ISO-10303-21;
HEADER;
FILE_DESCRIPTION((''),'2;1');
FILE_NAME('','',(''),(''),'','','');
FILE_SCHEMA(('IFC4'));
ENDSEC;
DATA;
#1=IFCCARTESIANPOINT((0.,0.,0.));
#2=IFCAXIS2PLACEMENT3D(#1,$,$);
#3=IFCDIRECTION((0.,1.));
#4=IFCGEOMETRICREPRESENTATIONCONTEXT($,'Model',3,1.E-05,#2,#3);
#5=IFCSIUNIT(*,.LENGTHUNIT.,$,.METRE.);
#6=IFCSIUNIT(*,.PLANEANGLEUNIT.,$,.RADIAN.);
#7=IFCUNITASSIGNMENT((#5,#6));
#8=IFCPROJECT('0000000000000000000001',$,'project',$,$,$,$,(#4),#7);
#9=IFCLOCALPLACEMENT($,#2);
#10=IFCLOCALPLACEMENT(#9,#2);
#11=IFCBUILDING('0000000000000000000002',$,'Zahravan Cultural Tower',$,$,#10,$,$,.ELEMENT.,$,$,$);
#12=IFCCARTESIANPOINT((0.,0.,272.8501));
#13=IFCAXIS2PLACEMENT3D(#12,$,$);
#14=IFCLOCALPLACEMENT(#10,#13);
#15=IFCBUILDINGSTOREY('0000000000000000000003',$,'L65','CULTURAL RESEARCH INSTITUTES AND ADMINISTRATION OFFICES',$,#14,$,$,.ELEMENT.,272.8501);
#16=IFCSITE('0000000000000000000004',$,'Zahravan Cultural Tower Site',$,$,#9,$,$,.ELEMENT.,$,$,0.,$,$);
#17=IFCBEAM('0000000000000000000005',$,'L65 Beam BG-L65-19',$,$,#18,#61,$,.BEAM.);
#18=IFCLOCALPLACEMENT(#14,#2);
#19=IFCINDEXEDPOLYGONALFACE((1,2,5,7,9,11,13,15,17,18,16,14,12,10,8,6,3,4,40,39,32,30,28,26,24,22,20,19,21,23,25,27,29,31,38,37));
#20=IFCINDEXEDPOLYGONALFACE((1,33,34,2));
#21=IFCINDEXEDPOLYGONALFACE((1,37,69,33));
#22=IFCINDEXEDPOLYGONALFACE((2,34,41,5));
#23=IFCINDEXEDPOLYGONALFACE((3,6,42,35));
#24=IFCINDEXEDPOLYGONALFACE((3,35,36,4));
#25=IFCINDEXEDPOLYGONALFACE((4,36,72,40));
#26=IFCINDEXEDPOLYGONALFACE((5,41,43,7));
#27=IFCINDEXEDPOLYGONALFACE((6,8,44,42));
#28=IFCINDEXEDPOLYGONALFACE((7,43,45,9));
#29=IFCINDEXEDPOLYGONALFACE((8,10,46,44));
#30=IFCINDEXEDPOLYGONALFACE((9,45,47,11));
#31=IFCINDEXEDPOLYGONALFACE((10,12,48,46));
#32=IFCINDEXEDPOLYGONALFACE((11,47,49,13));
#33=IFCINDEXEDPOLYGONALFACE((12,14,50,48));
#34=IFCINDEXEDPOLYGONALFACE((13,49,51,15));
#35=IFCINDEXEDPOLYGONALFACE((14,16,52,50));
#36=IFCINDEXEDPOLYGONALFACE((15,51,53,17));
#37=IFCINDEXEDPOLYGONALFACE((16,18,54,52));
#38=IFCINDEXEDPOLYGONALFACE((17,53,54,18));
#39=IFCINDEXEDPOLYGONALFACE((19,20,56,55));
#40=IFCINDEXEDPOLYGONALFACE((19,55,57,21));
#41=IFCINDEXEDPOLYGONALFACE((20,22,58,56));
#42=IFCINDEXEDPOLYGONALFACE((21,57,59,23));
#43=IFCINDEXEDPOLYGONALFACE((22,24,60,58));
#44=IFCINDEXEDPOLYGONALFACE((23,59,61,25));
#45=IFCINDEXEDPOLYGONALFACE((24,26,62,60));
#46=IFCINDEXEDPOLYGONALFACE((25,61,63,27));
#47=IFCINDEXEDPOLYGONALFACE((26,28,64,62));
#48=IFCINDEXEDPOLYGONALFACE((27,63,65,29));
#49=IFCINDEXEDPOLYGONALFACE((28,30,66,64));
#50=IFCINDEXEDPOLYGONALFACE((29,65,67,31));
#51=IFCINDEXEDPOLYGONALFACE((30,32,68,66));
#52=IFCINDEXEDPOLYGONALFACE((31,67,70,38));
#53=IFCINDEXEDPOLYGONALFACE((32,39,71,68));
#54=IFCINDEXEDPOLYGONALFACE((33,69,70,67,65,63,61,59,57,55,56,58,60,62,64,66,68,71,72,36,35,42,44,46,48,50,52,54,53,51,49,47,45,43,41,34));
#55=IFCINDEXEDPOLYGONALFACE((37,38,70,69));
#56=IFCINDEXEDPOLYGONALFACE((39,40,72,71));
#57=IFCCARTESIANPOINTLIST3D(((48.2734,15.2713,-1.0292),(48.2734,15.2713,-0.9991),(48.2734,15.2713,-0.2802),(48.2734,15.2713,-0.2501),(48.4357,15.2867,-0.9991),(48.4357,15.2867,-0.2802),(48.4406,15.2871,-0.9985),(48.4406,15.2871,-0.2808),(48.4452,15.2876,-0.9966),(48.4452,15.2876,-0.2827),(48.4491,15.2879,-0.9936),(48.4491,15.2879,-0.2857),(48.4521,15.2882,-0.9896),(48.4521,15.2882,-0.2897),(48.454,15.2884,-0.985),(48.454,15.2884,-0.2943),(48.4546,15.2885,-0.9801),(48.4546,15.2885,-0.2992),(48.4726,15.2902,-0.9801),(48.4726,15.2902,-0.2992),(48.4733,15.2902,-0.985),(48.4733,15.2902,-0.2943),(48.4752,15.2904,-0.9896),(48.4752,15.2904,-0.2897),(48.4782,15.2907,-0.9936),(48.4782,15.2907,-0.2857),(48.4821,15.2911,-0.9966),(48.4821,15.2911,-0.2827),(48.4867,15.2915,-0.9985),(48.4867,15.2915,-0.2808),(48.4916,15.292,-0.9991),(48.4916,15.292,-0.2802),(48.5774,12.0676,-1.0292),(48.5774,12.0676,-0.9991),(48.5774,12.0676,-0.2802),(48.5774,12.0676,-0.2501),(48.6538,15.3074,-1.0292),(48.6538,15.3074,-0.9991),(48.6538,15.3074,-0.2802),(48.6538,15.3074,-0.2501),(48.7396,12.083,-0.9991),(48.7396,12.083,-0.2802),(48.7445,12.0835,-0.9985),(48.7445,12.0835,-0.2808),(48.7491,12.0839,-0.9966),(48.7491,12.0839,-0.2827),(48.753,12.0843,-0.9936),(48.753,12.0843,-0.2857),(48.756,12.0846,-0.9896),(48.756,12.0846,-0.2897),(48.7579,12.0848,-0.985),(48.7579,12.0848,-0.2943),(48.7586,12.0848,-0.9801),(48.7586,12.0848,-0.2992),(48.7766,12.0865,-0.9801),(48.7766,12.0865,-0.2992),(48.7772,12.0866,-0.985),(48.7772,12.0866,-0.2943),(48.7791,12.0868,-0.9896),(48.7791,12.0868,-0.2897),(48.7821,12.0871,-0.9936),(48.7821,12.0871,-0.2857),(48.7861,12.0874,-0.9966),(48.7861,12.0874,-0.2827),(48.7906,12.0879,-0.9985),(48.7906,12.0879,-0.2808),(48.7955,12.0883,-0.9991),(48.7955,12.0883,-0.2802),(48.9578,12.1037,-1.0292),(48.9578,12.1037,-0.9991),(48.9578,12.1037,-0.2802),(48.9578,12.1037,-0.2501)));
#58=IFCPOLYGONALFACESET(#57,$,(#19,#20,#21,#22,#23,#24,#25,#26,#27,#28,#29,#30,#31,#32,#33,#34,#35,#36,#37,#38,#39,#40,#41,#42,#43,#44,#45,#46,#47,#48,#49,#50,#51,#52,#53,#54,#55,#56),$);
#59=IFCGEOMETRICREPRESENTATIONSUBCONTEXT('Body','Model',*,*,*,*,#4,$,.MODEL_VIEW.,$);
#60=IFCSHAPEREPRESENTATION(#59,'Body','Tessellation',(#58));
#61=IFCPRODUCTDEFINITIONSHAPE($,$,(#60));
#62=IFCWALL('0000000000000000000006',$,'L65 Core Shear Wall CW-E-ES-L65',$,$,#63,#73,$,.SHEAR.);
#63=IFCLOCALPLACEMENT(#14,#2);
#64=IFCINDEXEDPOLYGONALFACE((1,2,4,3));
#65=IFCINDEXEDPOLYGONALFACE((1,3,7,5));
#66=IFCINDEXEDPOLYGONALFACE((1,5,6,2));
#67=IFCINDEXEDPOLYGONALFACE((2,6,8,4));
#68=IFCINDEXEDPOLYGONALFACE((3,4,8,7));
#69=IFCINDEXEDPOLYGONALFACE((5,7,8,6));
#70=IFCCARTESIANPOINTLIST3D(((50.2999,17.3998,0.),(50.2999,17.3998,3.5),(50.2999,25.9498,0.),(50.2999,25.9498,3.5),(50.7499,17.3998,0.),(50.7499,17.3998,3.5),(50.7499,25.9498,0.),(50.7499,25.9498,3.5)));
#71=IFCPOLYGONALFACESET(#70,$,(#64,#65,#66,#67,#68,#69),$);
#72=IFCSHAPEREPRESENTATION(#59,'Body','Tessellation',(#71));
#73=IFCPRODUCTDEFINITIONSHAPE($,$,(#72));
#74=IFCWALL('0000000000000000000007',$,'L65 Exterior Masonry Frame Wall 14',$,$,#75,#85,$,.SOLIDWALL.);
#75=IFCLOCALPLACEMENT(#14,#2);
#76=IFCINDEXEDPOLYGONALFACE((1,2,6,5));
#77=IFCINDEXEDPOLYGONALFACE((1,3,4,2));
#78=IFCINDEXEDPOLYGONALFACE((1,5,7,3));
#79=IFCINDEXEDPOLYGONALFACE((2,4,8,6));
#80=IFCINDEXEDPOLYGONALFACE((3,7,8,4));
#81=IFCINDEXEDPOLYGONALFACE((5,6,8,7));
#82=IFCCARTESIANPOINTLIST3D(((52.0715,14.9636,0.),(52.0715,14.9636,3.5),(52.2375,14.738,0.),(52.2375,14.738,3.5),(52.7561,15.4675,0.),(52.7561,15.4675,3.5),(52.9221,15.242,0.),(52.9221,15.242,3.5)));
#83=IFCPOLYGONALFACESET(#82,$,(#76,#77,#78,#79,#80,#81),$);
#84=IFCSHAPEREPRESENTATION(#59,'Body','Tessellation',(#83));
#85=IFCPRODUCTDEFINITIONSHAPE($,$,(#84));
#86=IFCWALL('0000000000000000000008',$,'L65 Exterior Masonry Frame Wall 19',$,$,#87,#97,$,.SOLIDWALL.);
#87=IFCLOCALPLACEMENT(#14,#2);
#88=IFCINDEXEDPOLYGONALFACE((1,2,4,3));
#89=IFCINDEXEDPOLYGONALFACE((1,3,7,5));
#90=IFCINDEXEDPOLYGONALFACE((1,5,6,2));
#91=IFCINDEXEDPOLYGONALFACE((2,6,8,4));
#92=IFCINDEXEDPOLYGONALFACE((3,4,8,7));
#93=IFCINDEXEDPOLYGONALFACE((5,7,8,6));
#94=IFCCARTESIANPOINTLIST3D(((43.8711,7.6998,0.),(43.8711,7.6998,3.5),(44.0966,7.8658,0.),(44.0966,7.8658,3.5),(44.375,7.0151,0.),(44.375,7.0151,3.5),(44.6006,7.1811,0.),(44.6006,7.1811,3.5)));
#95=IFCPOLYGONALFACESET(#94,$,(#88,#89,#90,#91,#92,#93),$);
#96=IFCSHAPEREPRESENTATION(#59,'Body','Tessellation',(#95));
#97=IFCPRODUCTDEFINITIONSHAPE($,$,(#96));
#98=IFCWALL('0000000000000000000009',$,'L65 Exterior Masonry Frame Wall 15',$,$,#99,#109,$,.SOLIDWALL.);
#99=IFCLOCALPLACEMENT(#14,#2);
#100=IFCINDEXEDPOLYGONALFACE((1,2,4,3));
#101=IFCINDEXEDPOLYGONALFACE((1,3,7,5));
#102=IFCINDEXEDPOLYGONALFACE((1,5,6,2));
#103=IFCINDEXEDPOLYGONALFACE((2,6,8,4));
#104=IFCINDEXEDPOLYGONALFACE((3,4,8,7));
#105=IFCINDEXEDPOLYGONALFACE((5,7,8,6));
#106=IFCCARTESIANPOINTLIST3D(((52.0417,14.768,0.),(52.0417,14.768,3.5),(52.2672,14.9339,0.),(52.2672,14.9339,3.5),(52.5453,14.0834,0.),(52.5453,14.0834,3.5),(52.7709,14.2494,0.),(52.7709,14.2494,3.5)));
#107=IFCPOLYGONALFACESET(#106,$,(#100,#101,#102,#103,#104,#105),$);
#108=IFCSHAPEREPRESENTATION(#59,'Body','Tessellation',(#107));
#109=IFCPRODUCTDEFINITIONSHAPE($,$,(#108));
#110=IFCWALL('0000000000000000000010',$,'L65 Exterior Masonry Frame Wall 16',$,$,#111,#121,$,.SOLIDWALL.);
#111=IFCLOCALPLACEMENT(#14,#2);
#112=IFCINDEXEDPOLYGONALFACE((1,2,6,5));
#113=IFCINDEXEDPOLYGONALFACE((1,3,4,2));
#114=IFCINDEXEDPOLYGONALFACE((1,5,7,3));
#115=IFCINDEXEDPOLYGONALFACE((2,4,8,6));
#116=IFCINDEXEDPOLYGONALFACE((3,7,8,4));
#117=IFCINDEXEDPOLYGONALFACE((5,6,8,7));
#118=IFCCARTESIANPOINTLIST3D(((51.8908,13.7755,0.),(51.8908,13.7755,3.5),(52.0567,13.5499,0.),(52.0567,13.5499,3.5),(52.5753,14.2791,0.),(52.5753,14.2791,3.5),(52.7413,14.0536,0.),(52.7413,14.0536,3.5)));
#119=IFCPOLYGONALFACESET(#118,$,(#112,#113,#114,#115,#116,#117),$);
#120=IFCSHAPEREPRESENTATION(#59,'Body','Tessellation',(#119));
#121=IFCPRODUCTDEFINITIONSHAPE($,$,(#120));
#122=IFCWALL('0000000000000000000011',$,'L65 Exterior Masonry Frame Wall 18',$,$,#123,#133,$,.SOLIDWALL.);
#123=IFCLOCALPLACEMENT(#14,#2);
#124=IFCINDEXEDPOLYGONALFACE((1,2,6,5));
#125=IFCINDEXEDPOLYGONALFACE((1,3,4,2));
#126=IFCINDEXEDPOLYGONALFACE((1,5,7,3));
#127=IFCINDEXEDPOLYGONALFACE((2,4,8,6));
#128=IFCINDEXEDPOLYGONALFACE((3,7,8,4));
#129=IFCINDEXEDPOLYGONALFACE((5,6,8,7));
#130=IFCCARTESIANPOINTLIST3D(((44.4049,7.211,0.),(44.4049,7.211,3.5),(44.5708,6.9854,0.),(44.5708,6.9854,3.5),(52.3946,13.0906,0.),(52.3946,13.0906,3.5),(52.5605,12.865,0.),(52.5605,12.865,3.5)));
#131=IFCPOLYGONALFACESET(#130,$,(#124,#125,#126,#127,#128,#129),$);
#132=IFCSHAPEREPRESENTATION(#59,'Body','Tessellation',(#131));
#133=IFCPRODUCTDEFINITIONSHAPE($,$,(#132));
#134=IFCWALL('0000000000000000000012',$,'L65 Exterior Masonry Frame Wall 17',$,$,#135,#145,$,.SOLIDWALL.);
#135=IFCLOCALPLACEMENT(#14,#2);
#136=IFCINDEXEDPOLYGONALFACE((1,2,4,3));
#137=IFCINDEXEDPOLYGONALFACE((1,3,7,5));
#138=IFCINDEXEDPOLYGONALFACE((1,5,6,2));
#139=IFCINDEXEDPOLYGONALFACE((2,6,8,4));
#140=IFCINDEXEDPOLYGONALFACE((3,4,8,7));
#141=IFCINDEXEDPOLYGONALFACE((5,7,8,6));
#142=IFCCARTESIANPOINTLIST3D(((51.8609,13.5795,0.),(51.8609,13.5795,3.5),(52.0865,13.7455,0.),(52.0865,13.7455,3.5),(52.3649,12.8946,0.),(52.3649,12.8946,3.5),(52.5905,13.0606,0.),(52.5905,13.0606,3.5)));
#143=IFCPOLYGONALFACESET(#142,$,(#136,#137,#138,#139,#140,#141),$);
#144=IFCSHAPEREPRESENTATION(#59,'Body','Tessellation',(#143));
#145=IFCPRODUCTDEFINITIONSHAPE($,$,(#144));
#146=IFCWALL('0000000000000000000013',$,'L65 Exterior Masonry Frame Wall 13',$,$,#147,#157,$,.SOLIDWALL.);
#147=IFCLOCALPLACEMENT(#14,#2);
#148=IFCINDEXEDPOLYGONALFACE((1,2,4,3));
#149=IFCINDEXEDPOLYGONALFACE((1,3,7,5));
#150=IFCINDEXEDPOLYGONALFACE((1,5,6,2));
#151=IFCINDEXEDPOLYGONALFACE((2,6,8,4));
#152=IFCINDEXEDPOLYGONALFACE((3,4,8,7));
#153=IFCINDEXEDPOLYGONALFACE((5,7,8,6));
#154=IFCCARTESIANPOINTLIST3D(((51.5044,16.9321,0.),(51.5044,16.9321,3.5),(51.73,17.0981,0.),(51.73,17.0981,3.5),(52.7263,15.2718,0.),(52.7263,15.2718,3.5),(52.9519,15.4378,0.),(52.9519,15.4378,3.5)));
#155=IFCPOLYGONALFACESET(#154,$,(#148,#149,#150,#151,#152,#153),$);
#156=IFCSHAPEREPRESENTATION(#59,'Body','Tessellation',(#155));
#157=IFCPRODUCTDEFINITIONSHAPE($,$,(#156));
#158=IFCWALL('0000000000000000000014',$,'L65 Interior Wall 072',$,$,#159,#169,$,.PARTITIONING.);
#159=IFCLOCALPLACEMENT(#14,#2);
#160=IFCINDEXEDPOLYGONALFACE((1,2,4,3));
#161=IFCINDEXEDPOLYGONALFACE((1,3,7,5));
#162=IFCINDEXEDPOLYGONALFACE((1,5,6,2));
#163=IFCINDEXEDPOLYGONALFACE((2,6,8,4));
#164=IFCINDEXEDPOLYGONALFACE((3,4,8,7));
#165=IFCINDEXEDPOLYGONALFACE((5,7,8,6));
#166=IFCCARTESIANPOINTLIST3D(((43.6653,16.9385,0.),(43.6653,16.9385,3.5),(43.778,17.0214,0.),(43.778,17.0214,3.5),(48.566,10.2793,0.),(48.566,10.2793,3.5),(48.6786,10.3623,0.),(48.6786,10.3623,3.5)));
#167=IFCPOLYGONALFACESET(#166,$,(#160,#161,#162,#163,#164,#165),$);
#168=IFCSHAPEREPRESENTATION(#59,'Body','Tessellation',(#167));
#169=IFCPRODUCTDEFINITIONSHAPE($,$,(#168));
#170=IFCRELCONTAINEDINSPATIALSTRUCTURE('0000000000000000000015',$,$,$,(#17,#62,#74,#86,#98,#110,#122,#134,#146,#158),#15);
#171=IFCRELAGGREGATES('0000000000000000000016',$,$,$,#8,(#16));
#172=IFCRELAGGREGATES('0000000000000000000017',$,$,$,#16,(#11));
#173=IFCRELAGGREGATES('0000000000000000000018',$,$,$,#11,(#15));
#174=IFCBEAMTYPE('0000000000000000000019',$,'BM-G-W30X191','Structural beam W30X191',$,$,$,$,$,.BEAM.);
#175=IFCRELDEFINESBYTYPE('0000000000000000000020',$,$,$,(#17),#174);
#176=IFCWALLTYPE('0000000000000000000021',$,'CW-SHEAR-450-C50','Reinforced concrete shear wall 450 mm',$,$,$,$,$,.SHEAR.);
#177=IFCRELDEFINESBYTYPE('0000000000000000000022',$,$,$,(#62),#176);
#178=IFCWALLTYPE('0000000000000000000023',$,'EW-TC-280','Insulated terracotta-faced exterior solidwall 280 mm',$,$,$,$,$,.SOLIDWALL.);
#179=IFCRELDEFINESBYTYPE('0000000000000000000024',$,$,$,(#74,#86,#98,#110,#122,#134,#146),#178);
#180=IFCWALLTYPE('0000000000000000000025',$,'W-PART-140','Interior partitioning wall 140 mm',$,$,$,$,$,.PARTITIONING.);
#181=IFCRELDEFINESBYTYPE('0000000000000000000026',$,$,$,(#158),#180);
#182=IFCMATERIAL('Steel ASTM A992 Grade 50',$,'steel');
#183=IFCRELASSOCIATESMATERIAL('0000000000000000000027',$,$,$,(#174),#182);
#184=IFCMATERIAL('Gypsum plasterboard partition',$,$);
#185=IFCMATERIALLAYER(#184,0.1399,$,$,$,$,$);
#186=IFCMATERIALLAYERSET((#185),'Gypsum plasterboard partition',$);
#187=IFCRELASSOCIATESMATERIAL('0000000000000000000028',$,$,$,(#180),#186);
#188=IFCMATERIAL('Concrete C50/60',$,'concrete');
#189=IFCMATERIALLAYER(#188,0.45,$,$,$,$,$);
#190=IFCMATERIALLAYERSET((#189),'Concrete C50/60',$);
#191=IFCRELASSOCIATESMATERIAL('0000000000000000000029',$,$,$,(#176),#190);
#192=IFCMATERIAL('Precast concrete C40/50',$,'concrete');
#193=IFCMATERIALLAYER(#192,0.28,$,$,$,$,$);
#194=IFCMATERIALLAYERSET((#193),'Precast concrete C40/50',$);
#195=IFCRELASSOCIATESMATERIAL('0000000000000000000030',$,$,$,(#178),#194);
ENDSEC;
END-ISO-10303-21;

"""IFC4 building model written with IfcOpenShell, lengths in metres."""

from ifc_helpers import new_model, si_unit, direction, frame, frame_2d, origin, origin_2d, place, context, subcontext, project, spatial, rectangle, i_section, extrude, source, transform, mapped, material, layer, layer_set, material_profile, profile_set, type_object, element, save


model = new_model("IFC4")

# Units and contexts
model_context = context("Model", 3, precision=1e-05, world=origin(), true_north=direction((0.0, 1.0)))
body_context = subcontext(model_context, "Body", "Model", "MODEL_VIEW")
ifc_project = project(units=[si_unit("LENGTHUNIT", "METRE"), si_unit("PLANEANGLEUNIT", "RADIAN")], contexts=[model_context])

# Site, building, storey
site_placement = place(None, origin())
site = spatial("IfcSite", under=ifc_project, at=site_placement, Name="Zahravan Cultural Tower Site", CompositionType="ELEMENT", RefElevation=0.0)
building_placement = place(site_placement, origin())
building = spatial("IfcBuilding", under=site, at=building_placement, Name="Zahravan Cultural Tower", CompositionType="ELEMENT")
storey_placement = place(building_placement, frame((0.0, 0.0, 272.8501)))
storey = spatial("IfcBuildingStorey", under=building, at=storey_placement, Name="L65", Description="CULTURAL RESEARCH INSTITUTES AND ADMINISTRATION OFFICES", CompositionType="ELEMENT", Elevation=272.8501)

# Shared definitions
ifc_material_1 = material(Name="Concrete C50/60", Category="concrete")
ifc_material_2 = material(Name="Steel ASTM A992 Grade 50", Category="steel")

# Beam
ifc_material_profile_1 = material_profile(ifc_material_2, i_section(OverallWidth=0.3821, OverallDepth=0.7791, WebThickness=0.0181, FlangeThickness=0.03, FilletRadius=0.019, at=origin_2d()), Name="W30X191")
ifc_profile_set_1 = profile_set([ifc_material_profile_1], Name="Steel ASTM A992 Grade 50")
beam_type = type_object("IfcBeamType", Name="BM-G-W30X191", Description="Structural beam W30X191", PredefinedType="BEAM", material=ifc_profile_set_1)
shared_shape_1 = source(origin(), body_context, "Body", "SweptSolid", [
    extrude(i_section(OverallWidth=0.3821, OverallDepth=0.7791, WebThickness=0.0181, FlangeThickness=0.03, FilletRadius=0.019, at=origin_2d()), origin(), (0.0, 0.0, 1.0), 3.218),
])
beam_1_placement = place(storey_placement, frame((48.4636, 15.2893, -0.6396), z_axis=(0.094455, -0.995529, 0.0), x_axis=(0.995529, 0.094455, 0.0)))
element("IfcBeam", 1, at=beam_1_placement, inside=storey, type_object=beam_type, Name="L65 Beam BG-L65-19", PredefinedType="BEAM", context=body_context, shape_type="MappedRepresentation", body=[
    mapped(shared_shape_1, transform((0.0, 0.0, 0.0), x_axis=(1.0, 0.0, 0.0), y_axis=(0.0, 1.0, 0.0), z_axis=(0.0, 0.0, 1.0), scale=1.0)),
])

# Shared definitions
ifc_material_3 = material(Name="Gypsum plasterboard partition")
ifc_layer_1 = layer(ifc_material_3, 0.1399)
ifc_layer_set_1 = layer_set([ifc_layer_1], Name="Gypsum plasterboard partition")
wall_type_1 = type_object("IfcWallType", Name="W-PART-140", Description="Interior partitioning wall 140 mm", PredefinedType="PARTITIONING", material=ifc_layer_set_1)

# Walls
ifc_layer_2 = layer(ifc_material_1, 0.45)
ifc_layer_set_2 = layer_set([ifc_layer_2], Name="Concrete C50/60")
wall_type_2 = type_object("IfcWallType", Name="CW-SHEAR-450-C50", Description="Reinforced concrete shear wall 450 mm", PredefinedType="SHEAR", material=ifc_layer_set_2)
shared_shape_2 = source(origin(), body_context, "Body", "SweptSolid", [
    extrude(rectangle(XDim=8.55, YDim=0.45, at=frame_2d((4.2749, 0.0))), origin(), (0.0, 0.0, 1.0), 3.5),
])
wall_1_placement = place(storey_placement, frame((50.5249, 17.3999, 0.0), z_axis=(0.0, 0.0, 1.0), x_axis=(0.0, 1.0, 0.0)))
element("IfcWall", 2, at=wall_1_placement, inside=storey, type_object=wall_type_2, Name="L65 Core Shear Wall CW-E-ES-L65", PredefinedType="SHEAR", context=body_context, shape_type="MappedRepresentation", body=[
    mapped(shared_shape_2, transform((0.0, 0.0, 0.0), x_axis=(1.0, 0.0, 0.0), y_axis=(0.0, 1.0, 0.0), z_axis=(0.0, 0.0, 1.0), scale=1.0)),
])
ifc_material_4 = material(Name="Precast concrete C40/50", Category="concrete")
ifc_layer_3 = layer(ifc_material_4, 0.28)
ifc_layer_set_3 = layer_set([ifc_layer_3], Name="Precast concrete C40/50")
wall_type_3 = type_object("IfcWallType", Name="EW-TC-280", Description="Insulated terracotta-faced exterior solidwall 280 mm", PredefinedType="SOLIDWALL", material=ifc_layer_set_3)
shared_shape_3 = source(origin(), body_context, "Body", "SweptSolid", [
    extrude(rectangle(XDim=0.8501, YDim=0.28, at=frame_2d((0.425, 0.0))), origin(), (0.0, 0.0, 1.0), 3.5),
])
for number, where, z_axis, x_axis, name in (
    (3, (52.8391, 15.3547, 0.0), (0.0, 0.0, 1.0), (-0.805345, -0.592807, 0.0), "L65 Exterior Masonry Frame Wall 14"),
    (4, (44.4878, 7.0981, 0.0), (0.0, 0.0, 1.0), (-0.592807, 0.805345, 0.0), "L65 Exterior Masonry Frame Wall 19"),
):
    element("IfcWall", number, at=place(storey_placement, frame(where, z_axis=z_axis, x_axis=x_axis)), inside=storey, type_object=wall_type_3, Name=name, PredefinedType="SOLIDWALL", context=body_context, shape_type="MappedRepresentation", body=[
        mapped(shared_shape_3, transform((0.0, 0.0, 0.0), x_axis=(1.0, 0.0, 0.0), y_axis=(0.0, 1.0, 0.0), z_axis=(0.0, 0.0, 1.0), scale=1.0)),
    ])
shared_shape_4 = source(origin(), body_context, "Body", "SweptSolid", [
    extrude(rectangle(XDim=0.8499, YDim=0.28, at=frame_2d((0.4248, 0.0))), origin(), (0.0, 0.0, 1.0), 3.5),
])
for number, where, z_axis, x_axis, name in (
    (5, (52.1545, 14.8508, 0.0), (0.0, 0.0, 1.0), (0.592621, -0.805482, 0.0), "L65 Exterior Masonry Frame Wall 15"),
    (6, (52.6582, 14.1663, 0.0), (0.0, 0.0, 1.0), (-0.805482, -0.592621, 0.0), "L65 Exterior Masonry Frame Wall 16"),
):
    element("IfcWall", number, at=place(storey_placement, frame(where, z_axis=z_axis, x_axis=x_axis)), inside=storey, type_object=wall_type_3, Name=name, PredefinedType="SOLIDWALL", context=body_context, shape_type="MappedRepresentation", body=[
        mapped(shared_shape_4, transform((0.0, 0.0, 0.0), x_axis=(1.0, 0.0, 0.0), y_axis=(0.0, 1.0, 0.0), z_axis=(0.0, 0.0, 1.0), scale=1.0)),
    ])
shared_shape_5 = source(origin(), body_context, "Body", "SweptSolid", [
    extrude(rectangle(XDim=9.9199, YDim=0.28, at=frame_2d((4.96, 0.0))), origin(), (0.0, 0.0, 1.0), 3.5),
])
wall_2_placement = place(storey_placement, frame((52.4775, 12.9778, 0.0), z_axis=(0.0, 0.0, 1.0), x_axis=(-0.805419, -0.592706, 0.0)))
element("IfcWall", 7, at=wall_2_placement, inside=storey, type_object=wall_type_3, Name="L65 Exterior Masonry Frame Wall 18", PredefinedType="SOLIDWALL", context=body_context, shape_type="MappedRepresentation", body=[
    mapped(shared_shape_5, transform((0.0, 0.0, 0.0), x_axis=(1.0, 0.0, 0.0), y_axis=(0.0, 1.0, 0.0), z_axis=(0.0, 0.0, 1.0), scale=1.0)),
])
shared_shape_6 = source(origin(), body_context, "Body", "SweptSolid", [
    extrude(rectangle(XDim=0.8503, YDim=0.28, at=frame_2d((0.4253, 0.0))), origin(), (0.0, 0.0, 1.0), 3.5),
])
wall_3_placement = place(storey_placement, frame((51.9736, 13.6626, 0.0), z_axis=(0.0, 0.0, 1.0), x_axis=(0.59267, -0.805445, 0.0)))
element("IfcWall", 8, at=wall_3_placement, inside=storey, type_object=wall_type_3, Name="L65 Exterior Masonry Frame Wall 17", PredefinedType="SOLIDWALL", context=body_context, shape_type="MappedRepresentation", body=[
    mapped(shared_shape_6, transform((0.0, 0.0, 0.0), x_axis=(1.0, 0.0, 0.0), y_axis=(0.0, 1.0, 0.0), z_axis=(0.0, 0.0, 1.0), scale=1.0)),
])
shared_shape_7 = source(origin(), body_context, "Body", "SweptSolid", [
    extrude(rectangle(XDim=2.0615, YDim=0.28, at=frame_2d((1.0308, 0.0))), origin(), (0.0, 0.0, 1.0), 3.5),
])
wall_4_placement = place(storey_placement, frame((51.6172, 17.0151, 0.0), z_axis=(0.0, 0.0, 1.0), x_axis=(0.592718, -0.80541, 0.0)))
element("IfcWall", 9, at=wall_4_placement, inside=storey, type_object=wall_type_3, Name="L65 Exterior Masonry Frame Wall 13", PredefinedType="SOLIDWALL", context=body_context, shape_type="MappedRepresentation", body=[
    mapped(shared_shape_7, transform((0.0, 0.0, 0.0), x_axis=(1.0, 0.0, 0.0), y_axis=(0.0, 1.0, 0.0), z_axis=(0.0, 0.0, 1.0), scale=1.0)),
])
shared_shape_8 = source(origin(), body_context, "Body", "SweptSolid", [
    extrude(rectangle(XDim=8.2681, YDim=0.1399, at=frame_2d((4.134, 0.0))), origin(), (0.0, 0.0, 1.0), 3.5),
])
wall_5_placement = place(storey_placement, frame((48.6223, 10.3208, 0.0), z_axis=(0.0, 0.0, 1.0), x_axis=(-0.592718, 0.80541, 0.0)))
element("IfcWall", 10, at=wall_5_placement, inside=storey, type_object=wall_type_1, Name="L65 Interior Wall 072", PredefinedType="PARTITIONING", context=body_context, shape_type="MappedRepresentation", body=[
    mapped(shared_shape_8, transform((0.0, 0.0, 0.0), x_axis=(1.0, 0.0, 0.0), y_axis=(0.0, 1.0, 0.0), z_axis=(0.0, 0.0, 1.0), scale=1.0)),
])

save(model, "model.ifc")
